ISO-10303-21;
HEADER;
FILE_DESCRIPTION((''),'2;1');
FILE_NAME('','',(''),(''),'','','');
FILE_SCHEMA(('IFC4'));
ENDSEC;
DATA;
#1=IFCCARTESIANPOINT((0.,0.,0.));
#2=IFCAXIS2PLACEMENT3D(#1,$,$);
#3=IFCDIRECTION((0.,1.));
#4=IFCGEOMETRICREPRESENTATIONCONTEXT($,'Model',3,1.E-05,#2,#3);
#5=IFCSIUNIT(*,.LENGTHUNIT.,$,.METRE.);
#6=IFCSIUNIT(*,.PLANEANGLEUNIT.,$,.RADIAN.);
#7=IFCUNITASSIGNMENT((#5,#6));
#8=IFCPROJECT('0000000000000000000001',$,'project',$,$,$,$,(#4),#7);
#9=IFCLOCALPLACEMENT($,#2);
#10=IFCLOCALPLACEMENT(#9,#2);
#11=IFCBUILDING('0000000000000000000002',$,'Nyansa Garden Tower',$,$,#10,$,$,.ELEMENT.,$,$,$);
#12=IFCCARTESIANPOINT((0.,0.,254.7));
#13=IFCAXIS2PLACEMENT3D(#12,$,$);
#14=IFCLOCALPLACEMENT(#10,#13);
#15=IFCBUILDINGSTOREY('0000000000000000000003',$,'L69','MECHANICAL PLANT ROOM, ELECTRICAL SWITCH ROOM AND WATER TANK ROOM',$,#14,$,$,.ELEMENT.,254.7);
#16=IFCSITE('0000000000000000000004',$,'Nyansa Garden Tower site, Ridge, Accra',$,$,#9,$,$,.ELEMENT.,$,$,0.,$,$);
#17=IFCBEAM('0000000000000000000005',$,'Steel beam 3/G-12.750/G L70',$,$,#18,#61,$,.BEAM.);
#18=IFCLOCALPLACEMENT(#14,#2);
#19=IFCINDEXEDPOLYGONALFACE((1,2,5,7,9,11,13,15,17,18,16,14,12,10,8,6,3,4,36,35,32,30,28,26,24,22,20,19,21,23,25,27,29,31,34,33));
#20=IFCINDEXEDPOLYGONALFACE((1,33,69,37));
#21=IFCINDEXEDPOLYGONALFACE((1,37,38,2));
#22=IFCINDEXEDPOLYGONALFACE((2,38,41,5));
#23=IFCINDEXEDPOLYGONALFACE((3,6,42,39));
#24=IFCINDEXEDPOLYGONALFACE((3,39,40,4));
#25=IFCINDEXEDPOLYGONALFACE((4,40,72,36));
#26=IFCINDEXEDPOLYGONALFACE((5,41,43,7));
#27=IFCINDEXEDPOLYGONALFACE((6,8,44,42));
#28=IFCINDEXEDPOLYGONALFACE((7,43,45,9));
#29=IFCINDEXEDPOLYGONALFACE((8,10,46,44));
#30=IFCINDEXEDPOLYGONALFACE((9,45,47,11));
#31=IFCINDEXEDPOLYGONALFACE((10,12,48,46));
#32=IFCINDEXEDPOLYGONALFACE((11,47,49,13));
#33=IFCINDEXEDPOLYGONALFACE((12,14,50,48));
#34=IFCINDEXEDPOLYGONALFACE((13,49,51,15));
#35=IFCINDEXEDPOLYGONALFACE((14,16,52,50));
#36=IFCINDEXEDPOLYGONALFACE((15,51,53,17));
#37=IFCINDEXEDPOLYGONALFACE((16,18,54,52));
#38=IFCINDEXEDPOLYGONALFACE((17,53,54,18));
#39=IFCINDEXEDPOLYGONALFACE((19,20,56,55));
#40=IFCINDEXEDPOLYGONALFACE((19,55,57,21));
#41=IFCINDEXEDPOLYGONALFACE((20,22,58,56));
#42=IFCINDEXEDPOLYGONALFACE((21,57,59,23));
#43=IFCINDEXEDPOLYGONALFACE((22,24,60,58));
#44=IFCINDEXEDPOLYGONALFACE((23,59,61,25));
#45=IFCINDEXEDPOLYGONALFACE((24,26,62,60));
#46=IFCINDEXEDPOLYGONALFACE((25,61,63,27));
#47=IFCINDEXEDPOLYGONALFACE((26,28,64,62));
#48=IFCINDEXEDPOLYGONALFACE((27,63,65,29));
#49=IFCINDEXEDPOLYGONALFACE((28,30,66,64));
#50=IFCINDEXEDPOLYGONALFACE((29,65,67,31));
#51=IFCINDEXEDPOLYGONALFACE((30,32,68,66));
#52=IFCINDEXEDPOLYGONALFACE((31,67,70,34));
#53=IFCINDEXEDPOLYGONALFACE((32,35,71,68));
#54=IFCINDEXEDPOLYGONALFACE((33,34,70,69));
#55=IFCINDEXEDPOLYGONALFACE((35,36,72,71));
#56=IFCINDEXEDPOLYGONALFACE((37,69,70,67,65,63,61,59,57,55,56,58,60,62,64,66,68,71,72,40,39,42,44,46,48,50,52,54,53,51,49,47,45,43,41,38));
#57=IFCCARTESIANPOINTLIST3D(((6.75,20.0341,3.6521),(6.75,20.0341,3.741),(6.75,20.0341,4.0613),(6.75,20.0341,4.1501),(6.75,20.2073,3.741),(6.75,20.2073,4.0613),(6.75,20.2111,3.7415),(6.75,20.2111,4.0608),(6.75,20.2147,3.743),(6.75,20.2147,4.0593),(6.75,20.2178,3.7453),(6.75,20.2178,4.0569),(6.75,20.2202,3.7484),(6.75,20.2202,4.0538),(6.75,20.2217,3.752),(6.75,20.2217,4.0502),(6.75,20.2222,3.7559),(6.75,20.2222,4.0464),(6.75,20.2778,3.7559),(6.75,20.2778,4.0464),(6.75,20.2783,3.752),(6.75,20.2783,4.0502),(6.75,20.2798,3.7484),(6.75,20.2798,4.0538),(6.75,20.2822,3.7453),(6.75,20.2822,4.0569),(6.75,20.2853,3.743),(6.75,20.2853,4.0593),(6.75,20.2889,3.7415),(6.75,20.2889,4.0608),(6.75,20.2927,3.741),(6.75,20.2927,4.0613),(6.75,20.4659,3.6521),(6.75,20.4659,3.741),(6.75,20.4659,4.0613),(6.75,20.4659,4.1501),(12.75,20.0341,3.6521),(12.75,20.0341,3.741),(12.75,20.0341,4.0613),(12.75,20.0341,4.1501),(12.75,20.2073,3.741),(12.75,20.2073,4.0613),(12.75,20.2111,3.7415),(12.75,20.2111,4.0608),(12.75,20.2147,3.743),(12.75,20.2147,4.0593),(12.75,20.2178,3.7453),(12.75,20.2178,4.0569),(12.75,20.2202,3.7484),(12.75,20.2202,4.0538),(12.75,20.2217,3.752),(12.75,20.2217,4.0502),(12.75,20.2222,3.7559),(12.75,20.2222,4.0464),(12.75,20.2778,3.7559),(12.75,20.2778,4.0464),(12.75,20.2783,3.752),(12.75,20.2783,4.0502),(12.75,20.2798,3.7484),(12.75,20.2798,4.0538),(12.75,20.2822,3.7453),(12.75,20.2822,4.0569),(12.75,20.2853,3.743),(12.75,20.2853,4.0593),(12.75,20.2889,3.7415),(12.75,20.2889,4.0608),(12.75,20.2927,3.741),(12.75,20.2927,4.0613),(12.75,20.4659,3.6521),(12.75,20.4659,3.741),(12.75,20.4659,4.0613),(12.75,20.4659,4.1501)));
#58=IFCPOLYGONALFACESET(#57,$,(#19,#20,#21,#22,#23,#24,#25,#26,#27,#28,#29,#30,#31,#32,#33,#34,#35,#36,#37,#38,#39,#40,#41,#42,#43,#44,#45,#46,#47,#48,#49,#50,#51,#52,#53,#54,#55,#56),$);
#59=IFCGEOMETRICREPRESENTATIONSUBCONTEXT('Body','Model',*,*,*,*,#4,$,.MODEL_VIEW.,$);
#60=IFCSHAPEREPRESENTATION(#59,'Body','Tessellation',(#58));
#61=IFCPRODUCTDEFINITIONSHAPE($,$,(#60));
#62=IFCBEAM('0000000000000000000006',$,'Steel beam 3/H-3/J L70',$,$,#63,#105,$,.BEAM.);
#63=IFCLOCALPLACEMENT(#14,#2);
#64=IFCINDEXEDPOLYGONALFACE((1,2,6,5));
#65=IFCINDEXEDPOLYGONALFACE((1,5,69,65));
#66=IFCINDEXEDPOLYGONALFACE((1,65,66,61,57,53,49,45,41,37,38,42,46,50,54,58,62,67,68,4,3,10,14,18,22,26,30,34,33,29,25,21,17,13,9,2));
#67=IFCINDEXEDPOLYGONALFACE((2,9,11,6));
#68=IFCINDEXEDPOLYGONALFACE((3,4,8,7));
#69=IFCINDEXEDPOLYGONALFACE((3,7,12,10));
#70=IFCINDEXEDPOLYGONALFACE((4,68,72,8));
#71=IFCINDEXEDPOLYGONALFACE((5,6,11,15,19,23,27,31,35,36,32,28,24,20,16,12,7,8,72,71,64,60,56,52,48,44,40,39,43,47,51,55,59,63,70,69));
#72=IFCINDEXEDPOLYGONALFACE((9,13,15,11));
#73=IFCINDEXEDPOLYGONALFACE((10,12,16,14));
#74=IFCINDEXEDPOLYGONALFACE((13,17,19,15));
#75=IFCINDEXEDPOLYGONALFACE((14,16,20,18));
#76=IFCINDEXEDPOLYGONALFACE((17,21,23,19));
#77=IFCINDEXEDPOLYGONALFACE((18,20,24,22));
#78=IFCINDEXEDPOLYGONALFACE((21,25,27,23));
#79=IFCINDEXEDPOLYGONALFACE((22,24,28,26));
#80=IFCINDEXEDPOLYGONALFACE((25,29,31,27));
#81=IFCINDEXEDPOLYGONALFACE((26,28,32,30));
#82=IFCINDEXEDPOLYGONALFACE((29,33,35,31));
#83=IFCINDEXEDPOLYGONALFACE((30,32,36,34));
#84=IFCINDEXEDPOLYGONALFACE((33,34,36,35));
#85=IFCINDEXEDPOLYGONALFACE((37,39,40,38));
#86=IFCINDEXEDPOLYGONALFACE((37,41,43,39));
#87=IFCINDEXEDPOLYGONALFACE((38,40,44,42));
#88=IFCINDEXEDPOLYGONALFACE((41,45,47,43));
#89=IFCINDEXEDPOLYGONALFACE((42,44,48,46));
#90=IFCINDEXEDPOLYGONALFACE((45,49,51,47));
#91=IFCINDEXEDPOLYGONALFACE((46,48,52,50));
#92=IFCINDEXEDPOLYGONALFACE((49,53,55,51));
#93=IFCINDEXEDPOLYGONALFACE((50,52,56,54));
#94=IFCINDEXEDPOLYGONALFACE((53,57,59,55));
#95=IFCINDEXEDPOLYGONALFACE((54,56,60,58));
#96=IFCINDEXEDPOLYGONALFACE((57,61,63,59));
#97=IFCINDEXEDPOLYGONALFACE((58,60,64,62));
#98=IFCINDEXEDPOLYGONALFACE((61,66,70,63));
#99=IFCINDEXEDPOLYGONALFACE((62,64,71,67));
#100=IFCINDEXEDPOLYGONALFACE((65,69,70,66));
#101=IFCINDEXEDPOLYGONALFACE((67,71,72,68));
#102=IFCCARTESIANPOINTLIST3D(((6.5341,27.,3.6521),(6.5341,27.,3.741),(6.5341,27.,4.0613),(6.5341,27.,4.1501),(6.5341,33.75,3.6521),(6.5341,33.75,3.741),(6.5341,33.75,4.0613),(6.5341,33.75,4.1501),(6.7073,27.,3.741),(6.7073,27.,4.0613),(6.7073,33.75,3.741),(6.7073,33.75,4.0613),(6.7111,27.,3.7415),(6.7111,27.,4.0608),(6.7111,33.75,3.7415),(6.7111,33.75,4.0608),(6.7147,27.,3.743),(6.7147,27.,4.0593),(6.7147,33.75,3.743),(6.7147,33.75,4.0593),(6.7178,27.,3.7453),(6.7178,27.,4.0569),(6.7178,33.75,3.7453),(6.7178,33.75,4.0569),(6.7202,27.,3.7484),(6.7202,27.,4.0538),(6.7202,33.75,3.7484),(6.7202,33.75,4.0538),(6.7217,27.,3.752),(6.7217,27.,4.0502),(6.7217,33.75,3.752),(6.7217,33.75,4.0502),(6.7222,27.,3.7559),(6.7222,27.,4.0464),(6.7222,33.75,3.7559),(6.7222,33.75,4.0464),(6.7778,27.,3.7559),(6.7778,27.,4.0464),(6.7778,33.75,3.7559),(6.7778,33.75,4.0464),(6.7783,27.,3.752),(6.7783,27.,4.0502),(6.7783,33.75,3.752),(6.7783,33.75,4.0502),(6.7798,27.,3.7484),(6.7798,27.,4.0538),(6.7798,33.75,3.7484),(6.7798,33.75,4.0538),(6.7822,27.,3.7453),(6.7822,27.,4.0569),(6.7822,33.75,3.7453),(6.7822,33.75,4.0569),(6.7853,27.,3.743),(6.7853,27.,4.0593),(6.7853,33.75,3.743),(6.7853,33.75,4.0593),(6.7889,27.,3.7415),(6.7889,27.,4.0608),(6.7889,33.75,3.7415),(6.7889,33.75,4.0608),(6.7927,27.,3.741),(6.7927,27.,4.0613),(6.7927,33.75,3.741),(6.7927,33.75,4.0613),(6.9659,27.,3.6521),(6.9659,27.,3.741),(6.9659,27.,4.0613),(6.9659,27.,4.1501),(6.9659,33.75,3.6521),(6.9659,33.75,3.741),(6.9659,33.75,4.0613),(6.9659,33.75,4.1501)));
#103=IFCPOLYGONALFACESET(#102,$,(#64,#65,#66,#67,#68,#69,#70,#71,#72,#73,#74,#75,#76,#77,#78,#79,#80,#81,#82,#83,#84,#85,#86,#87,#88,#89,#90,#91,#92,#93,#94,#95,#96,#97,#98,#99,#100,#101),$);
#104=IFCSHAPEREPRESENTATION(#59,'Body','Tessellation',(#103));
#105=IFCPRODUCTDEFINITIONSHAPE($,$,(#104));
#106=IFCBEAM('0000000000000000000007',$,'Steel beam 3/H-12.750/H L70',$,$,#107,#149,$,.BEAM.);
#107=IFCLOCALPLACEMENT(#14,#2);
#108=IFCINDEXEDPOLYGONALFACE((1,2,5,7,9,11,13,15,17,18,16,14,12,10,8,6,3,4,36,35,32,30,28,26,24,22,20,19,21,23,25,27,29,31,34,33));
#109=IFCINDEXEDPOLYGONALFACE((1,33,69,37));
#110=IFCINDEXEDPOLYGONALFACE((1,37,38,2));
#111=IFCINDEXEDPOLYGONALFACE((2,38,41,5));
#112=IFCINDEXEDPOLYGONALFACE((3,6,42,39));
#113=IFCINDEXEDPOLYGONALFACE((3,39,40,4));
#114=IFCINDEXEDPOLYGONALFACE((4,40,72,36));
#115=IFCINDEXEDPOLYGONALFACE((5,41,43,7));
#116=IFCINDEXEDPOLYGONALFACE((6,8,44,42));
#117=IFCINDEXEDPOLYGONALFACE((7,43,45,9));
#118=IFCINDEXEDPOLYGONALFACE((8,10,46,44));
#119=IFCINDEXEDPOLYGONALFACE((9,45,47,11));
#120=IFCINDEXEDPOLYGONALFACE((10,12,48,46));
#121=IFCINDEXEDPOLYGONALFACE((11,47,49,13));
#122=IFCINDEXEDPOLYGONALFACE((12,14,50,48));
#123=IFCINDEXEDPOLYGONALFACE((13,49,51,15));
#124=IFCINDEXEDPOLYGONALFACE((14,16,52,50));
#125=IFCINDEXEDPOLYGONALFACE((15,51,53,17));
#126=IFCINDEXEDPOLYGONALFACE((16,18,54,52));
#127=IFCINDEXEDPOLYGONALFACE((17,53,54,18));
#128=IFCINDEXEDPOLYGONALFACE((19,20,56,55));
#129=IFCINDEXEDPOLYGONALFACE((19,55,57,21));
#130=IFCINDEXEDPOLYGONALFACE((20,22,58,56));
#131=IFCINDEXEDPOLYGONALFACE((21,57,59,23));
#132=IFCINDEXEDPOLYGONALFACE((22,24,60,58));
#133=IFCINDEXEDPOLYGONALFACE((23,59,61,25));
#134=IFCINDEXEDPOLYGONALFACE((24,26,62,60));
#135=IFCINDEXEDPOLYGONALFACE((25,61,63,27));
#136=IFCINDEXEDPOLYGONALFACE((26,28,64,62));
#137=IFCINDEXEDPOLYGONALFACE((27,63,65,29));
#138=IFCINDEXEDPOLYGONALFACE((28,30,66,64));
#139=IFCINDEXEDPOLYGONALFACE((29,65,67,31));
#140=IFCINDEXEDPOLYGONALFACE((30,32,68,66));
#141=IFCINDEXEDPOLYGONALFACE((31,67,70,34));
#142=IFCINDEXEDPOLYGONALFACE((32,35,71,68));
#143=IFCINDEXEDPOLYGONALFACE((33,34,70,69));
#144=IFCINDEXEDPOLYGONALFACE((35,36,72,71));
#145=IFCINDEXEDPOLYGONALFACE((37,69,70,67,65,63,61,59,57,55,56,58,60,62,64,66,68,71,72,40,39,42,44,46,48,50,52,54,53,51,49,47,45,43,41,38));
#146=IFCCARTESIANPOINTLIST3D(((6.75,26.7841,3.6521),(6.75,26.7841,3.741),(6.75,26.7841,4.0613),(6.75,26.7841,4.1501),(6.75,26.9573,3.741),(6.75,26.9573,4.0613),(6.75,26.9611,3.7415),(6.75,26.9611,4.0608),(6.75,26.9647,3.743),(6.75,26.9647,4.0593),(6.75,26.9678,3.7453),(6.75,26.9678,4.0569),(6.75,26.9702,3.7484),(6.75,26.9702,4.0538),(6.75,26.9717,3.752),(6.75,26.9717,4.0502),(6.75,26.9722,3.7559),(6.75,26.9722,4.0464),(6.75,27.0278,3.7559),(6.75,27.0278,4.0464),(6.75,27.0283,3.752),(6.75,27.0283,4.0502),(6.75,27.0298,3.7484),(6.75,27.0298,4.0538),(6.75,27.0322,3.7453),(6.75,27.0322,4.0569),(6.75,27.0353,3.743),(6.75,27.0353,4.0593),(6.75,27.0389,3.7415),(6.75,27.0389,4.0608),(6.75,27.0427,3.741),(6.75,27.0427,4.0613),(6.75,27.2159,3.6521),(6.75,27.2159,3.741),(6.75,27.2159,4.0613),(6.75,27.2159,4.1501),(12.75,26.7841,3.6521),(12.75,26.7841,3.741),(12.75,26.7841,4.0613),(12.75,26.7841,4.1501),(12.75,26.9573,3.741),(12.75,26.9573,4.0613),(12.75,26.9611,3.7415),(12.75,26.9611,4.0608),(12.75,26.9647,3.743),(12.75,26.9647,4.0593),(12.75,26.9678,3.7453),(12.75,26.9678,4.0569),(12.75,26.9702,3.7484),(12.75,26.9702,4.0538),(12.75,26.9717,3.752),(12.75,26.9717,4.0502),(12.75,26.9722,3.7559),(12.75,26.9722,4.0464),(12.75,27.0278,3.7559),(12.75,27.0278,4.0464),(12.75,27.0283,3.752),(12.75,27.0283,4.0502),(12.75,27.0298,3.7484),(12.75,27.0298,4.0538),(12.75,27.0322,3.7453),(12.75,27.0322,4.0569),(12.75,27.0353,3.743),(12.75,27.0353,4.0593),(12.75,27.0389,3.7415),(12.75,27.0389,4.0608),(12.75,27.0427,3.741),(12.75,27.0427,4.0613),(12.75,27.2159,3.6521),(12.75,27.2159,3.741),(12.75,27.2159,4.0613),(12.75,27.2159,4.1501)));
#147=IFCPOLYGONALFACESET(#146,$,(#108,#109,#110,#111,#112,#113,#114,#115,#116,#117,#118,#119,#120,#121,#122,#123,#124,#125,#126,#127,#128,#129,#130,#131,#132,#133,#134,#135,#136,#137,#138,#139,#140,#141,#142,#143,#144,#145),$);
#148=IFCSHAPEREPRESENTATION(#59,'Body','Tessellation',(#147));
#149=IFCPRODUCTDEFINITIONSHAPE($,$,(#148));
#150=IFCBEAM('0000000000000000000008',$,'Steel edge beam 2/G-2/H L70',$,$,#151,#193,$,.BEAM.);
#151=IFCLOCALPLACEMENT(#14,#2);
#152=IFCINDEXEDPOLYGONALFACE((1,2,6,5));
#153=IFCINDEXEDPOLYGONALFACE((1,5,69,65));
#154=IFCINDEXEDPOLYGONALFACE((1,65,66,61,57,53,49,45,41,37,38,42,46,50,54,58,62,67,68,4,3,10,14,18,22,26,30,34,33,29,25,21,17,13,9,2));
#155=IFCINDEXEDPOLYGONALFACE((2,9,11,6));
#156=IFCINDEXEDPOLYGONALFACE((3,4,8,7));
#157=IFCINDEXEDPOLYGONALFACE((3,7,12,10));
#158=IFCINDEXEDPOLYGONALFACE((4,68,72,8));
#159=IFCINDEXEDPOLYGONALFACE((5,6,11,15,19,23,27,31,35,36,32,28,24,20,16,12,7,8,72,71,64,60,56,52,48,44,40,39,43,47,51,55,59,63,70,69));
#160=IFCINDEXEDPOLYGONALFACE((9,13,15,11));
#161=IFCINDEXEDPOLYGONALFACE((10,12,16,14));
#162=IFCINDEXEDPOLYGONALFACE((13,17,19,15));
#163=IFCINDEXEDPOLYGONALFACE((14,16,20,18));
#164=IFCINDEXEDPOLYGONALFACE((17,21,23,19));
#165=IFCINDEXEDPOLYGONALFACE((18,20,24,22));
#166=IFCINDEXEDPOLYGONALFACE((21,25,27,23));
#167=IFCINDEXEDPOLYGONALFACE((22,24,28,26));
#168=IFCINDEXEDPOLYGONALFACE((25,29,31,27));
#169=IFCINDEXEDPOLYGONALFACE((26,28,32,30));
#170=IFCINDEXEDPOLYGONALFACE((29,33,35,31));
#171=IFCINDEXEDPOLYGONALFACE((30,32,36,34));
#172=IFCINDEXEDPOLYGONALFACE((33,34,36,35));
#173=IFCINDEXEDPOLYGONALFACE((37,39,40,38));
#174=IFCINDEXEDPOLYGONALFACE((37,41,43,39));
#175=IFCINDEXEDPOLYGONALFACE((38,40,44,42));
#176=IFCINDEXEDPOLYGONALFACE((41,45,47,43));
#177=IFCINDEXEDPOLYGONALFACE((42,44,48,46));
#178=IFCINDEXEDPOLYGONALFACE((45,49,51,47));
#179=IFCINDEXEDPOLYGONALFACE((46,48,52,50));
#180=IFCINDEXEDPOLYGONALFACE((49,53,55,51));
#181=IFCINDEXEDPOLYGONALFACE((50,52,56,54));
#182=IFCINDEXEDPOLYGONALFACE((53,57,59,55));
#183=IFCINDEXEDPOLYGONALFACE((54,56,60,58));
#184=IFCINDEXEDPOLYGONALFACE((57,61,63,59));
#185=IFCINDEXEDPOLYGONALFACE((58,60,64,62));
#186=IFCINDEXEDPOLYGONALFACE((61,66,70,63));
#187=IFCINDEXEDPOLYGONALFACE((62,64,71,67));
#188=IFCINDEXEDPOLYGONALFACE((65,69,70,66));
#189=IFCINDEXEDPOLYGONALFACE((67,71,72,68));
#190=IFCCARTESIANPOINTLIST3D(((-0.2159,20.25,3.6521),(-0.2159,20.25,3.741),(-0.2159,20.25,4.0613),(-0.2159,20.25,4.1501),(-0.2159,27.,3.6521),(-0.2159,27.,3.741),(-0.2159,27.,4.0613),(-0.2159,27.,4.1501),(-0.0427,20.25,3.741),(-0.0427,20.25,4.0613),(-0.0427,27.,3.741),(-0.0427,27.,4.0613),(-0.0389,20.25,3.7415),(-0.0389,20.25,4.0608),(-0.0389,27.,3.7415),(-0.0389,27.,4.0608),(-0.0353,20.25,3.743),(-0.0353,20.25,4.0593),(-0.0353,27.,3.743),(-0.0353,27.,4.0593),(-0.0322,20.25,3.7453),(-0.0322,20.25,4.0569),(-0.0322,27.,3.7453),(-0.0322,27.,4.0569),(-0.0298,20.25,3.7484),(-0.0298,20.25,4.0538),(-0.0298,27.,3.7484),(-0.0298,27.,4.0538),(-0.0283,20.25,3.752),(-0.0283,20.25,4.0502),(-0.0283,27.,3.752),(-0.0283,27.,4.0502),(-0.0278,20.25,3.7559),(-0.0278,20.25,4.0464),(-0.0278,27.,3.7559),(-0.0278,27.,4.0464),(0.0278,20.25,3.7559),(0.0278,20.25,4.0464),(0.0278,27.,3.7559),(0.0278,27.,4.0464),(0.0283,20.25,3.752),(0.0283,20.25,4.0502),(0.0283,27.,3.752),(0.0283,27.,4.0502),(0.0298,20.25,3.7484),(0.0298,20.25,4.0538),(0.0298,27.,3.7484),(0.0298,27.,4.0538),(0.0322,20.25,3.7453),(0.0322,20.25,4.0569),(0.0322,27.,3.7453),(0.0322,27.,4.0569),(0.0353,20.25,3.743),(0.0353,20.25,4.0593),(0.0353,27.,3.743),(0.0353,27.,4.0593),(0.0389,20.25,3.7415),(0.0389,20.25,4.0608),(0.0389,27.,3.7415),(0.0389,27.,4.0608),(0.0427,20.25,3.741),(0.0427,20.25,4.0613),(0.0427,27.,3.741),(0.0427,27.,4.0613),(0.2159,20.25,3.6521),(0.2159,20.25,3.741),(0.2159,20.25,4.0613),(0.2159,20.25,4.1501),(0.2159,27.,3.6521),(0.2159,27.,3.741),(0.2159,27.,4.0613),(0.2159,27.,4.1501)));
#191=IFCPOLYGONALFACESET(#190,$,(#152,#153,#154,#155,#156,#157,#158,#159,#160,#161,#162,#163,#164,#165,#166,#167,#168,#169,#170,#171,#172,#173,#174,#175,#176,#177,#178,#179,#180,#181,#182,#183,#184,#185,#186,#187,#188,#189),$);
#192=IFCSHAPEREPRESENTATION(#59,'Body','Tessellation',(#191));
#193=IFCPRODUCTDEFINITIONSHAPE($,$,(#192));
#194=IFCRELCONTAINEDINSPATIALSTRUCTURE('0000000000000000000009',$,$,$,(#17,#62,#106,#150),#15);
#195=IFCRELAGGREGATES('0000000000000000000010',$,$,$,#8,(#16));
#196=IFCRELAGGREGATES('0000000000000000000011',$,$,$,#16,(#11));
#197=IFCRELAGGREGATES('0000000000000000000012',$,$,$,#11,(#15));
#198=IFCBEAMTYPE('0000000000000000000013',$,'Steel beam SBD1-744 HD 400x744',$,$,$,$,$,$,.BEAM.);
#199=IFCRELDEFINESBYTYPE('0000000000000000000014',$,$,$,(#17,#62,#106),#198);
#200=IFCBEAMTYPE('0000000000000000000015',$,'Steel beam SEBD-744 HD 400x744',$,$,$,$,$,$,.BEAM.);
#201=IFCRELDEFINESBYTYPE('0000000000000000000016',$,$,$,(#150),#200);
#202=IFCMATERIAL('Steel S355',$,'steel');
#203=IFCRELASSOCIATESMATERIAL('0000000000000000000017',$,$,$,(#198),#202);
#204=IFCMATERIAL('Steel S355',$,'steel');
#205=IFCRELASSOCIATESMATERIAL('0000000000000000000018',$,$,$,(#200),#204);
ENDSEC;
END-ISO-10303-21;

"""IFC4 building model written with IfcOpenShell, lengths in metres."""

from ifc_helpers import new_model, si_unit, direction, frame, origin, origin_2d, place, context, subcontext, project, spatial, i_section, extrude, material, material_profile, profile_set, type_object, element, save


model = new_model("IFC4")

# Units and contexts
model_context = context("Model", 3, precision=1e-05, world=origin(), true_north=direction((0.0, 1.0)))
body_context = subcontext(model_context, "Body", "Model", "MODEL_VIEW")
ifc_project = project(units=[si_unit("LENGTHUNIT", "METRE"), si_unit("PLANEANGLEUNIT", "RADIAN")], contexts=[model_context])

# Site, building, storey
site_placement = place(None, origin())
site = spatial("IfcSite", under=ifc_project, at=site_placement, Name="Nyansa Garden Tower site, Ridge, Accra", CompositionType="ELEMENT", RefElevation=0.0)
building_placement = place(site_placement, origin())
building = spatial("IfcBuilding", under=site, at=building_placement, Name="Nyansa Garden Tower", CompositionType="ELEMENT")
storey_placement = place(building_placement, frame((0.0, 0.0, 254.7)))
storey = spatial("IfcBuildingStorey", under=building, at=storey_placement, Name="L69", Description="MECHANICAL PLANT ROOM, ELECTRICAL SWITCH ROOM AND WATER TANK ROOM", CompositionType="ELEMENT", Elevation=254.7)

# Beams
ifc_material_1 = material(Name="Steel S355", Category="steel")
ifc_material_profile_1 = material_profile(ifc_material_1, i_section(OverallWidth=0.4319, OverallDepth=0.498, WebThickness=0.0557, FlangeThickness=0.0889, FilletRadius=0.0149, at=origin_2d()), Name="HD 400x744")
ifc_profile_set_1 = profile_set([ifc_material_profile_1], Name="Steel S355")
beam_type_1 = type_object("IfcBeamType", Name="Steel beam SBD1-744 HD 400x744", PredefinedType="BEAM", material=ifc_profile_set_1)
beam_1_placement = place(storey_placement, frame((6.75, 20.25, 3.9011), z_axis=(1.0, 0.0, 0.0), x_axis=(0.0, 1.0, 0.0)))
element("IfcBeam", 1, at=beam_1_placement, inside=storey, type_object=beam_type_1, Name="Steel beam 3/G-12.750/G L70", PredefinedType="BEAM", context=body_context, shape_type="SweptSolid", body=[
    extrude(i_section(OverallWidth=0.4319, OverallDepth=0.498, WebThickness=0.0557, FlangeThickness=0.0889, FilletRadius=0.0149, at=origin_2d()), origin(), (0.0, 0.0, 1.0), 6.0),
])
beam_2_placement = place(storey_placement, frame((6.75, 27.0, 3.9011), z_axis=(0.0, 1.0, 0.0), x_axis=(-1.0, 0.0, 0.0)))
element("IfcBeam", 2, at=beam_2_placement, inside=storey, type_object=beam_type_1, Name="Steel beam 3/H-3/J L70", PredefinedType="BEAM", context=body_context, shape_type="SweptSolid", body=[
    extrude(i_section(OverallWidth=0.4319, OverallDepth=0.498, WebThickness=0.0557, FlangeThickness=0.0889, FilletRadius=0.0149, at=origin_2d()), origin(), (0.0, 0.0, 1.0), 6.75),
])
beam_3_placement = place(storey_placement, frame((6.75, 27.0, 3.9011), z_axis=(1.0, 0.0, 0.0), x_axis=(0.0, 1.0, 0.0)))
element("IfcBeam", 3, at=beam_3_placement, inside=storey, type_object=beam_type_1, Name="Steel beam 3/H-12.750/H L70", PredefinedType="BEAM", context=body_context, shape_type="SweptSolid", body=[
    extrude(i_section(OverallWidth=0.4319, OverallDepth=0.498, WebThickness=0.0557, FlangeThickness=0.0889, FilletRadius=0.0149, at=origin_2d()), origin(), (0.0, 0.0, 1.0), 6.0),
])
ifc_material_2 = material(Name="Steel S355", Category="steel")
ifc_material_profile_2 = material_profile(ifc_material_2, i_section(OverallWidth=0.4319, OverallDepth=0.498, WebThickness=0.0557, FlangeThickness=0.0889, FilletRadius=0.0149, at=origin_2d()), Name="HD 400x744")
ifc_profile_set_2 = profile_set([ifc_material_profile_2], Name="Steel S355")
beam_type_2 = type_object("IfcBeamType", Name="Steel beam SEBD-744 HD 400x744", PredefinedType="BEAM", material=ifc_profile_set_2)
beam_4_placement = place(storey_placement, frame((0.0, 20.25, 3.9011), z_axis=(0.0, 1.0, 0.0), x_axis=(-1.0, 0.0, 0.0)))
element("IfcBeam", 4, at=beam_4_placement, inside=storey, type_object=beam_type_2, Name="Steel edge beam 2/G-2/H L70", PredefinedType="BEAM", context=body_context, shape_type="SweptSolid", body=[
    extrude(i_section(OverallWidth=0.4319, OverallDepth=0.498, WebThickness=0.0557, FlangeThickness=0.0889, FilletRadius=0.0149, at=origin_2d()), origin(), (0.0, 0.0, 1.0), 6.75),
])

save(model, "model.ifc")
